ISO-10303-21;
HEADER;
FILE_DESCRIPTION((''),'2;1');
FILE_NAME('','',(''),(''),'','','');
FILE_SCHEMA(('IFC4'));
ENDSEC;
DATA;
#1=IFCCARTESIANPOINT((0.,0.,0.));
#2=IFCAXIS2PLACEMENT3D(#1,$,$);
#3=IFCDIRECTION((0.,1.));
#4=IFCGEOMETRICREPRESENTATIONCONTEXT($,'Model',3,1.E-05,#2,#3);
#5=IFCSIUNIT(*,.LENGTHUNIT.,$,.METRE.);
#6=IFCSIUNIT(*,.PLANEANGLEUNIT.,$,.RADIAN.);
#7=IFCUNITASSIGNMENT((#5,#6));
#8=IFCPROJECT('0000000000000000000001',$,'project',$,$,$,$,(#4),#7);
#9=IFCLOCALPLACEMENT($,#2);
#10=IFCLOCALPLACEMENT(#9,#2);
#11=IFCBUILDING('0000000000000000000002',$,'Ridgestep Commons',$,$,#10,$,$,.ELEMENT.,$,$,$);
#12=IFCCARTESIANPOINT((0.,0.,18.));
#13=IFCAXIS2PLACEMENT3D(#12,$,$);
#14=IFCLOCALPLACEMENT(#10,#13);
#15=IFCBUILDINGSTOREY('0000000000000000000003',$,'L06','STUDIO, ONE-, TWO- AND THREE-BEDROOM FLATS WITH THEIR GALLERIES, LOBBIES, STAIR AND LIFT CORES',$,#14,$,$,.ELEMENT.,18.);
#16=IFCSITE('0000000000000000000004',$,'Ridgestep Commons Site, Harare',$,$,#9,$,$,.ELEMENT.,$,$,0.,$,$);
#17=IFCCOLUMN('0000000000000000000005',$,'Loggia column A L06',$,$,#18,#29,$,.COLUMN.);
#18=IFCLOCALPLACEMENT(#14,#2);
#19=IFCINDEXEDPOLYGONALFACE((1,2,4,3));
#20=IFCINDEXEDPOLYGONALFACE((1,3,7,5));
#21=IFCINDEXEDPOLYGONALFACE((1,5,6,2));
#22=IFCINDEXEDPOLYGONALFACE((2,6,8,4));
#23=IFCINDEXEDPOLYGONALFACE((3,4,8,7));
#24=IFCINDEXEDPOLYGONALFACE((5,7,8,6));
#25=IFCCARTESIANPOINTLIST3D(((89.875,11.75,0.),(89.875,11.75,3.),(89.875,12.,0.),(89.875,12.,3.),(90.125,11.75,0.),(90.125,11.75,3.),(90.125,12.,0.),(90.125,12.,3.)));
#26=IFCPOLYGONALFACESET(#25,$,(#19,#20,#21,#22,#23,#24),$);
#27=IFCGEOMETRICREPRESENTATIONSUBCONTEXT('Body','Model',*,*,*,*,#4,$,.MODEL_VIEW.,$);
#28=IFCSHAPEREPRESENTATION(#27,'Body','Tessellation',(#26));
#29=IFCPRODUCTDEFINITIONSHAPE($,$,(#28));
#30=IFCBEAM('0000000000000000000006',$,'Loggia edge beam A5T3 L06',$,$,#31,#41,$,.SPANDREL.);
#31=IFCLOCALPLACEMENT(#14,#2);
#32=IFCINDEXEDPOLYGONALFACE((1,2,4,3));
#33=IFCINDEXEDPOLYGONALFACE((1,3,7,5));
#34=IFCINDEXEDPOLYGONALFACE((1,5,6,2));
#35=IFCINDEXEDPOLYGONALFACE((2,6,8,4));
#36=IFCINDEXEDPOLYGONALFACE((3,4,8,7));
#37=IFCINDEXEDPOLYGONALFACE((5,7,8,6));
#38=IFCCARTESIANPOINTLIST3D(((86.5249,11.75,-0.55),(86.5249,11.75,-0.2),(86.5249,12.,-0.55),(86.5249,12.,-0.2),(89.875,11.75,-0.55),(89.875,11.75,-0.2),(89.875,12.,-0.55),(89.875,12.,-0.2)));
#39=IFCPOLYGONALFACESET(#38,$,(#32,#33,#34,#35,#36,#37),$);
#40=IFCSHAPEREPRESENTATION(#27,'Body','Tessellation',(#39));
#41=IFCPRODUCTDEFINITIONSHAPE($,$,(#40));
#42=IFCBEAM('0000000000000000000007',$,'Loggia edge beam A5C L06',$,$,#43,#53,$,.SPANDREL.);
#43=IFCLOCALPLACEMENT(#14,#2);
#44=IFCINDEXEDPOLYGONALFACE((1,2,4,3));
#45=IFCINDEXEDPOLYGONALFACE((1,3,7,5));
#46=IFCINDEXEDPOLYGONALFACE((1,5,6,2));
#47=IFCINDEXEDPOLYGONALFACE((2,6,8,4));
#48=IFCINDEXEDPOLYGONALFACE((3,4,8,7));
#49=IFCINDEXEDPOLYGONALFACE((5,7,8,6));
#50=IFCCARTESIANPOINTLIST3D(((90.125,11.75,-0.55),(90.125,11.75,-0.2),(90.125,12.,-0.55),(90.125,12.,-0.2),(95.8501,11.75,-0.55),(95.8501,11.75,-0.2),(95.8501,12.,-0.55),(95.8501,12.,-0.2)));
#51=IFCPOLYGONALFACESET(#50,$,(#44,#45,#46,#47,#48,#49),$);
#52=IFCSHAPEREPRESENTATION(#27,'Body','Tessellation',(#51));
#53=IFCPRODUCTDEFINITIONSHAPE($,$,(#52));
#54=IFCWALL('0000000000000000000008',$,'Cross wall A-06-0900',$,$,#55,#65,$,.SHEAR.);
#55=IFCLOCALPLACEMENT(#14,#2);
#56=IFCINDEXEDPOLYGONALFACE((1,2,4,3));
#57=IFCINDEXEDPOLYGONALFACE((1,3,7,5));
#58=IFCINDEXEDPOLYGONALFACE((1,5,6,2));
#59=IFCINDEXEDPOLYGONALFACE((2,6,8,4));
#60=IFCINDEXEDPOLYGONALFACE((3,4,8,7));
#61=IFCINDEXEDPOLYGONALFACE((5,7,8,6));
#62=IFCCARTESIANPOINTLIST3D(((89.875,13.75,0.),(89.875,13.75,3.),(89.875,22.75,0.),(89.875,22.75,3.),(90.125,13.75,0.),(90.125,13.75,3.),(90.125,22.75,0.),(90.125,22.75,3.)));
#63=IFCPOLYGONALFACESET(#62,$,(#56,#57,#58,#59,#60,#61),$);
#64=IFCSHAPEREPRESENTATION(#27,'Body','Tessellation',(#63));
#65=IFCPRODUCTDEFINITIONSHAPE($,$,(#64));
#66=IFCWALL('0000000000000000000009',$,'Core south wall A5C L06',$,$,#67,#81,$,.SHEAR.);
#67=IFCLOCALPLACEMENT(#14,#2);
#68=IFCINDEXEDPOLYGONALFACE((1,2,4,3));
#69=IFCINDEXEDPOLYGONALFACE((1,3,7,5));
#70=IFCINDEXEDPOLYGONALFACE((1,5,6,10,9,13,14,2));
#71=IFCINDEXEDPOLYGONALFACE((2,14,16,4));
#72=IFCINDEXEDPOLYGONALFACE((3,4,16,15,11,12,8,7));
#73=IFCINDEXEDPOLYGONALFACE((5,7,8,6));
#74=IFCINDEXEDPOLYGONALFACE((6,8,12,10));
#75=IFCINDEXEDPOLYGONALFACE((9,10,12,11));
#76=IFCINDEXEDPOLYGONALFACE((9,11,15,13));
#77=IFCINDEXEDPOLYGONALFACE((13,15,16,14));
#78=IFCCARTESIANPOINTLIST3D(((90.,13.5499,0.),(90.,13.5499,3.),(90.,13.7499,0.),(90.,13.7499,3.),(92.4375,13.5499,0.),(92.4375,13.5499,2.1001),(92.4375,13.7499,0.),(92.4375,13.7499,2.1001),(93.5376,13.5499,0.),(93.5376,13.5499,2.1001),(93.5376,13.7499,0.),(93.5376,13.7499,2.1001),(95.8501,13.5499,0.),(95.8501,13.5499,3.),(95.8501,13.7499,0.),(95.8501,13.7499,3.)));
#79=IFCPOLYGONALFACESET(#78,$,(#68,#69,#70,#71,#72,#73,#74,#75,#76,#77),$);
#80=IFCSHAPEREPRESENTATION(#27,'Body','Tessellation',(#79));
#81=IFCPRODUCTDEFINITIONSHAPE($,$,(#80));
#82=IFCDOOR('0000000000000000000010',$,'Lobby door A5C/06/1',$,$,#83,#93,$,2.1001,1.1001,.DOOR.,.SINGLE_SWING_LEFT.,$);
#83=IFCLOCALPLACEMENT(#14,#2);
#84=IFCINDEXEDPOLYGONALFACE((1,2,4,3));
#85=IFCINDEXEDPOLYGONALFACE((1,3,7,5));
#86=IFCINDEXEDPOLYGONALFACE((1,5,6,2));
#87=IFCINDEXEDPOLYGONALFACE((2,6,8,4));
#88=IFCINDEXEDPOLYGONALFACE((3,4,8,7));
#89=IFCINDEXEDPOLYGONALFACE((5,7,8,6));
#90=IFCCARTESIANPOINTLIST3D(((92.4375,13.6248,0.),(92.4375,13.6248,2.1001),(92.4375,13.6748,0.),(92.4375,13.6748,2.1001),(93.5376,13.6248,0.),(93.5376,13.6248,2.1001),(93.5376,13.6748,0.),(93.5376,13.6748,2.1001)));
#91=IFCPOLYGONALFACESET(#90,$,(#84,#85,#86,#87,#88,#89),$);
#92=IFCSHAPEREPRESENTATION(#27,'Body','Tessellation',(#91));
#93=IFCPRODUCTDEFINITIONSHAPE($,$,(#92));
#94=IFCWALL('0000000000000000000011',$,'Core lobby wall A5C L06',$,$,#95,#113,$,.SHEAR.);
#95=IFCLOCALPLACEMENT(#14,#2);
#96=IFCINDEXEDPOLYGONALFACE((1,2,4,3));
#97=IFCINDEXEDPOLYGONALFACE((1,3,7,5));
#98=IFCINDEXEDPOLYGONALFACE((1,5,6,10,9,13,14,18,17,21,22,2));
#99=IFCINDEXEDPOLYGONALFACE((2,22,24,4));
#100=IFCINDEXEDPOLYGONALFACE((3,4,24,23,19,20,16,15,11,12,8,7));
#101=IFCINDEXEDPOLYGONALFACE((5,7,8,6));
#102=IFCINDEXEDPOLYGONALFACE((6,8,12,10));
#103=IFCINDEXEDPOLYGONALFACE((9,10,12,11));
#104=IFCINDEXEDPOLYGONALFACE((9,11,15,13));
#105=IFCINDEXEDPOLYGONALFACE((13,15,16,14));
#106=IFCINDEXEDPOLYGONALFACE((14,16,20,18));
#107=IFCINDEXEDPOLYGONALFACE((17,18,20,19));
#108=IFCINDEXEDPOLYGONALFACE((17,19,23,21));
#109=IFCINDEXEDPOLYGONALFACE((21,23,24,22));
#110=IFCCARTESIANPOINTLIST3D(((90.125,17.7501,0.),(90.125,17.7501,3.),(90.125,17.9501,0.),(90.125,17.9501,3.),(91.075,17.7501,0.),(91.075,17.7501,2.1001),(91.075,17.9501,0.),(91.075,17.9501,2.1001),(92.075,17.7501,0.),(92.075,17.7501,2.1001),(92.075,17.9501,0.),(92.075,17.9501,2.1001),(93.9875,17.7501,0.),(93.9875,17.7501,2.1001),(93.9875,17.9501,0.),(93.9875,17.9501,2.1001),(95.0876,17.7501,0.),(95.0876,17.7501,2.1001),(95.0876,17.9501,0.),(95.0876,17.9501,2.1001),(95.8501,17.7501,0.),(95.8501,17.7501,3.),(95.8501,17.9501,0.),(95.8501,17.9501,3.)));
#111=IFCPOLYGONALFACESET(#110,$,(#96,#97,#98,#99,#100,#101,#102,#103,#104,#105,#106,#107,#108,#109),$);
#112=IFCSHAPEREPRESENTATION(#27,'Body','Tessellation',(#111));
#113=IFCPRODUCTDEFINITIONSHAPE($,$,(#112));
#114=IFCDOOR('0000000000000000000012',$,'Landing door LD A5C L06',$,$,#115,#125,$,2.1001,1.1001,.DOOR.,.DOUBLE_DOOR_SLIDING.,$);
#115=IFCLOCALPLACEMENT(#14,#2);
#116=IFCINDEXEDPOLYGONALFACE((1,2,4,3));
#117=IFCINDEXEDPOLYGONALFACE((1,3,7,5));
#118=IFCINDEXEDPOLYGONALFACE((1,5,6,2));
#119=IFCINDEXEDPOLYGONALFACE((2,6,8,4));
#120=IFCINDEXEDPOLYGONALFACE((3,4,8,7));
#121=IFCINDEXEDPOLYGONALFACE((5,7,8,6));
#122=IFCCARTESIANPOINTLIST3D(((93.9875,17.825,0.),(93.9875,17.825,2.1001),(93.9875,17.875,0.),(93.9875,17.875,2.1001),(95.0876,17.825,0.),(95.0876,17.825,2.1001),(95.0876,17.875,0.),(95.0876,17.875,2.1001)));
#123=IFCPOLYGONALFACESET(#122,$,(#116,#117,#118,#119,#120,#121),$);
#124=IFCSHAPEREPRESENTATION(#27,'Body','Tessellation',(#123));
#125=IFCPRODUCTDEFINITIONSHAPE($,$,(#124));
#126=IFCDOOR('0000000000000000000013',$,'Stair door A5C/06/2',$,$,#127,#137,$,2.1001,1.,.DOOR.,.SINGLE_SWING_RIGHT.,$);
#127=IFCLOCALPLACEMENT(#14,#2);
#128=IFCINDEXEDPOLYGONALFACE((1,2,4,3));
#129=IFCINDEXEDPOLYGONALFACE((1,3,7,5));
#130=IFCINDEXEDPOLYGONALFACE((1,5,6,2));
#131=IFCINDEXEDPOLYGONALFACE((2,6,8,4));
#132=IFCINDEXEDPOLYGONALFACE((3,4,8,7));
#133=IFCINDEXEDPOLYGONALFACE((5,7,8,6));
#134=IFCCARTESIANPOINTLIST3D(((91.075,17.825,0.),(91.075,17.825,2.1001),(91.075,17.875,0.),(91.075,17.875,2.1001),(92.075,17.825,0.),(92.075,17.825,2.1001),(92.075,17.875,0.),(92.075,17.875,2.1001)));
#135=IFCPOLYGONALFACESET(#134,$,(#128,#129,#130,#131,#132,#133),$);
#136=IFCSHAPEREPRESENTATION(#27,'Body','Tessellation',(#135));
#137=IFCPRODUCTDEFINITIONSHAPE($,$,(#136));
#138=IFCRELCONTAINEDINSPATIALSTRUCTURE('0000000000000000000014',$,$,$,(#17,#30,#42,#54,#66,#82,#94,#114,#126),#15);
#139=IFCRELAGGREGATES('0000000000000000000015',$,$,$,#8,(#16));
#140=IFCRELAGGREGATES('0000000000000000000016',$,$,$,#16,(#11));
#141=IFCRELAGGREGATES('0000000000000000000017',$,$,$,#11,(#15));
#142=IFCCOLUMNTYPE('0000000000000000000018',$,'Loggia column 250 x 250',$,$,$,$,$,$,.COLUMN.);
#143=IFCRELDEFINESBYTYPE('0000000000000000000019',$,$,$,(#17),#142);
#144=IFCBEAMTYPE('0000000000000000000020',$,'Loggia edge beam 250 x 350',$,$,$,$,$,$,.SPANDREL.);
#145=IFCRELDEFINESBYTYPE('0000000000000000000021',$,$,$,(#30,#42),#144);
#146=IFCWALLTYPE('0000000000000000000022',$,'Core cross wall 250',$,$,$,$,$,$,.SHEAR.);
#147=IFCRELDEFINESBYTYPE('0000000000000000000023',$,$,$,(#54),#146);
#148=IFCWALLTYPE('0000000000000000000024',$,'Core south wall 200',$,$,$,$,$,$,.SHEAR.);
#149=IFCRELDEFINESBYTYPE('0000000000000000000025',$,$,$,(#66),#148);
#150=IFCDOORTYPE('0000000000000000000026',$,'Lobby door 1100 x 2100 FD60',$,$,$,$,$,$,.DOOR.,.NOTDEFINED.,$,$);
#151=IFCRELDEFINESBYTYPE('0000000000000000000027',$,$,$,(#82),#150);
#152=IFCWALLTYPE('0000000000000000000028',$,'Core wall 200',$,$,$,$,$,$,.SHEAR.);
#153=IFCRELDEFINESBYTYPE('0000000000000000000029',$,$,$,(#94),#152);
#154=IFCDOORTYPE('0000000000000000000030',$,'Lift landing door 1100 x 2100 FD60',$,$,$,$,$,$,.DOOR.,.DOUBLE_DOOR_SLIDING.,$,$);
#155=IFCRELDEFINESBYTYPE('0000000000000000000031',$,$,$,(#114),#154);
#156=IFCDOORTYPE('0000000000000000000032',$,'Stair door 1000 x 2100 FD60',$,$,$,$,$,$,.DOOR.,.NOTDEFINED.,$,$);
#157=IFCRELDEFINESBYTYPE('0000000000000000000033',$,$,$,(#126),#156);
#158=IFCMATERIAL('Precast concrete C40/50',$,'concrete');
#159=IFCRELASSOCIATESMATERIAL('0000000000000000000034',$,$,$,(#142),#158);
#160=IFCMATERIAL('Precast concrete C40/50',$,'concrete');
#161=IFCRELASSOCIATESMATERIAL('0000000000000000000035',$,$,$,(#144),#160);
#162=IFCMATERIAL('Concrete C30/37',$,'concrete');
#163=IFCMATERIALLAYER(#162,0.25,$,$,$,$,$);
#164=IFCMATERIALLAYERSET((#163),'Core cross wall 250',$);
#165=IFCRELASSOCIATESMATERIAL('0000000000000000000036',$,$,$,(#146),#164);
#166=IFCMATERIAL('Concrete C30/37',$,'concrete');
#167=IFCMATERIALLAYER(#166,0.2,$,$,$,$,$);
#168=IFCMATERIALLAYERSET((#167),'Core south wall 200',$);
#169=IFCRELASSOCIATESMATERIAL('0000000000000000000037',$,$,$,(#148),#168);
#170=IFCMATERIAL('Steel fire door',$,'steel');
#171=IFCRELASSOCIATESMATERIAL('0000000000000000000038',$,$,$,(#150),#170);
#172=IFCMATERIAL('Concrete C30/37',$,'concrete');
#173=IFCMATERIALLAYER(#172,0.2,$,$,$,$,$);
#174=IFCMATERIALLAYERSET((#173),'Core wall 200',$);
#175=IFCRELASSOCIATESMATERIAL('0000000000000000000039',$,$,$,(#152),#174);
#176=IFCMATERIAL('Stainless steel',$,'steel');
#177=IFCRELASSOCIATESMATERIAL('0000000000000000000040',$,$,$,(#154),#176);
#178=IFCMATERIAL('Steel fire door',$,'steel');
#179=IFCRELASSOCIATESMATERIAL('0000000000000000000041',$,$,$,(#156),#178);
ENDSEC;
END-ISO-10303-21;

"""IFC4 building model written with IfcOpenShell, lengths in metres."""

from ifc_helpers import new_model, si_unit, direction, frame, frame_2d, origin, origin_2d, place, context, subcontext, project, spatial, rectangle, extrude, material, layer, layer_set, material_profile, profile_set, type_object, element, fill, save


model = new_model("IFC4")

# Units and contexts
model_context = context("Model", 3, precision=1e-05, world=origin(), true_north=direction((0.0, 1.0)))
body_context = subcontext(model_context, "Body", "Model", "MODEL_VIEW")
ifc_project = project(units=[si_unit("LENGTHUNIT", "METRE"), si_unit("PLANEANGLEUNIT", "RADIAN")], contexts=[model_context])

# Site, building, storey
site_placement = place(None, origin())
site = spatial("IfcSite", under=ifc_project, at=site_placement, Name="Ridgestep Commons Site, Harare", CompositionType="ELEMENT", RefElevation=0.0)
building_placement = place(site_placement, origin())
building = spatial("IfcBuilding", under=site, at=building_placement, Name="Ridgestep Commons", CompositionType="ELEMENT")
storey_placement = place(building_placement, frame((0.0, 0.0, 18.0)))
storey = spatial("IfcBuildingStorey", under=building, at=storey_placement, Name="L06", Description="STUDIO, ONE-, TWO- AND THREE-BEDROOM FLATS WITH THEIR GALLERIES, LOBBIES, STAIR AND LIFT CORES", CompositionType="ELEMENT", Elevation=18.0)

# Column
ifc_material_1 = material(Name="Precast concrete C40/50", Category="concrete")
ifc_material_profile_1 = material_profile(ifc_material_1, rectangle(XDim=0.25, YDim=0.25, at=origin_2d()), Name="PC 250x250")
ifc_profile_set_1 = profile_set([ifc_material_profile_1], Name="Precast concrete C40/50")
column_type = type_object("IfcColumnType", Name="Loggia column 250 x 250", PredefinedType="COLUMN", material=ifc_profile_set_1)
column_placement = place(storey_placement, frame((90.0, 11.875, 0.0), z_axis=(0.0, 0.0, 1.0), x_axis=(1.0, 0.0, 0.0)))
element("IfcColumn", 1, at=column_placement, inside=storey, type_object=column_type, Name="Loggia column A L06", PredefinedType="COLUMN", context=body_context, shape_type="SweptSolid", body=[
    extrude(rectangle(XDim=0.25, YDim=0.25, at=origin_2d()), origin(), (0.0, 0.0, 1.0), 3.0),
])

# Beams
ifc_material_2 = material(Name="Precast concrete C40/50", Category="concrete")
ifc_material_profile_2 = material_profile(ifc_material_2, rectangle(XDim=0.25, YDim=0.3501, at=origin_2d()), Name="PC 250x350")
ifc_profile_set_2 = profile_set([ifc_material_profile_2], Name="Precast concrete C40/50")
beam_type = type_object("IfcBeamType", Name="Loggia edge beam 250 x 350", PredefinedType="SPANDREL", material=ifc_profile_set_2)
beam_1_placement = place(storey_placement, frame((86.5249, 11.875, -0.375), z_axis=(1.0, 0.0, 0.0), x_axis=(0.0, 1.0, 0.0)))
element("IfcBeam", 2, at=beam_1_placement, inside=storey, type_object=beam_type, Name="Loggia edge beam A5T3 L06", PredefinedType="SPANDREL", context=body_context, shape_type="SweptSolid", body=[
    extrude(rectangle(XDim=0.25, YDim=0.3501, at=origin_2d()), origin(), (0.0, 0.0, 1.0), 3.3501),
])
beam_2_placement = place(storey_placement, frame((90.125, 11.875, -0.375), z_axis=(1.0, 0.0, 0.0), x_axis=(0.0, 1.0, 0.0)))
element("IfcBeam", 3, at=beam_2_placement, inside=storey, type_object=beam_type, Name="Loggia edge beam A5C L06", PredefinedType="SPANDREL", context=body_context, shape_type="SweptSolid", body=[
    extrude(rectangle(XDim=0.25, YDim=0.3501, at=origin_2d()), origin(), (0.0, 0.0, 1.0), 5.7251),
])

# Wall
ifc_material_3 = material(Name="Concrete C30/37", Category="concrete")
ifc_layer_1 = layer(ifc_material_3, 0.25)
ifc_layer_set_1 = layer_set([ifc_layer_1], Name="Core cross wall 250")
wall_type_1 = type_object("IfcWallType", Name="Core cross wall 250", PredefinedType="SHEAR", material=ifc_layer_set_1)
wall_1_placement = place(storey_placement, frame((90.0, 13.75, 0.0), z_axis=(0.0, 0.0, 1.0), x_axis=(0.0, 1.0, 0.0)))
element("IfcWall", 4, at=wall_1_placement, inside=storey, type_object=wall_type_1, Name="Cross wall A-06-0900", PredefinedType="SHEAR", context=body_context, shape_type="SweptSolid", body=[
    extrude(rectangle(XDim=9.0, YDim=0.25, at=frame_2d((4.5, 0.0))), origin(), (0.0, 0.0, 1.0), 3.0),
])

# Wall, opening, door
ifc_material_4 = material(Name="Concrete C30/37", Category="concrete")
ifc_layer_2 = layer(ifc_material_4, 0.2)
ifc_layer_set_2 = layer_set([ifc_layer_2], Name="Core south wall 200")
wall_type_2 = type_object("IfcWallType", Name="Core south wall 200", PredefinedType="SHEAR", material=ifc_layer_set_2)
wall_2_placement = place(storey_placement, frame((90.0, 13.6499, 0.0), z_axis=(0.0, 0.0, 1.0), x_axis=(1.0, 0.0, 0.0)))
wall_2 = element("IfcWall", 5, at=wall_2_placement, inside=storey, type_object=wall_type_2, Name="Core south wall A5C L06", PredefinedType="SHEAR", context=body_context, shape_type="SweptSolid", body=[
    extrude(rectangle(XDim=5.8501, YDim=0.2, at=frame_2d((2.925, 0.0))), origin(), (0.0, 0.0, 1.0), 3.0),
])
opening_1_placement = place(wall_2_placement, frame((2.4375, 0.0, 0.0)))
opening_1 = element("IfcOpeningElement", 6, at=opening_1_placement, cuts=wall_2, PredefinedType="OPENING", context=body_context, shape_type="SweptSolid", body=[
    extrude(rectangle(XDim=1.1001, YDim=2.1001, at=frame_2d((0.55, 1.05))), frame((0.0, 0.1099, 0.0), z_axis=(0.0, -1.0, 0.0), x_axis=(1.0, 0.0, 0.0)), (0.0, 0.0, 1.0), 0.22),
])
ifc_material_5 = material(Name="Steel fire door", Category="steel")
door_type_1 = type_object("IfcDoorType", Name="Lobby door 1100 x 2100 FD60", OperationType="NOTDEFINED", PredefinedType="DOOR", material=ifc_material_5)
door_1_placement = place(opening_1_placement, origin())
door_1 = element("IfcDoor", 7, at=door_1_placement, inside=storey, type_object=door_type_1, Name="Lobby door A5C/06/1", OperationType="SINGLE_SWING_LEFT", OverallHeight=2.1001, OverallWidth=1.1001, PredefinedType="DOOR", context=body_context, shape_type="SweptSolid", body=[
    extrude(rectangle(XDim=1.1001, YDim=2.1001, at=frame_2d((0.55, 1.05))), frame((0.0, 0.0249, 0.0), z_axis=(0.0, -1.0, 0.0), x_axis=(1.0, 0.0, 0.0)), (0.0, 0.0, 1.0), 0.05),
])
fill(opening_1, door_1)

# Wall, openings, doors
ifc_material_6 = material(Name="Concrete C30/37", Category="concrete")
ifc_layer_3 = layer(ifc_material_6, 0.2)
ifc_layer_set_3 = layer_set([ifc_layer_3], Name="Core wall 200")
wall_type_3 = type_object("IfcWallType", Name="Core wall 200", PredefinedType="SHEAR", material=ifc_layer_set_3)
wall_3_placement = place(storey_placement, frame((90.125, 17.8501, 0.0), z_axis=(0.0, 0.0, 1.0), x_axis=(1.0, 0.0, 0.0)))
wall_3 = element("IfcWall", 8, at=wall_3_placement, inside=storey, type_object=wall_type_3, Name="Core lobby wall A5C L06", PredefinedType="SHEAR", context=body_context, shape_type="SweptSolid", body=[
    extrude(rectangle(XDim=5.7251, YDim=0.2, at=frame_2d((2.8625, 0.0))), origin(), (0.0, 0.0, 1.0), 3.0),
])
opening_2_placement = place(wall_3_placement, frame((0.95, 0.0, 0.0)))
opening_2 = element("IfcOpeningElement", 9, at=opening_2_placement, cuts=wall_3, PredefinedType="OPENING", context=body_context, shape_type="SweptSolid", body=[
    extrude(rectangle(XDim=1.0, YDim=2.1001, at=frame_2d((0.5, 1.05))), frame((0.0, 0.1099, 0.0), z_axis=(0.0, -1.0, 0.0), x_axis=(1.0, 0.0, 0.0)), (0.0, 0.0, 1.0), 0.22),
])
opening_3_placement = place(wall_3_placement, frame((3.8625, 0.0, 0.0)))
opening_3 = element("IfcOpeningElement", 10, at=opening_3_placement, cuts=wall_3, PredefinedType="OPENING", context=body_context, shape_type="SweptSolid", body=[
    extrude(rectangle(XDim=1.1001, YDim=2.1001, at=frame_2d((0.55, 1.05))), frame((0.0, 0.1099, 0.0), z_axis=(0.0, -1.0, 0.0), x_axis=(1.0, 0.0, 0.0)), (0.0, 0.0, 1.0), 0.22),
])
ifc_material_7 = material(Name="Stainless steel", Category="steel")
door_type_2 = type_object("IfcDoorType", Name="Lift landing door 1100 x 2100 FD60", OperationType="DOUBLE_DOOR_SLIDING", PredefinedType="DOOR", material=ifc_material_7)
door_2_placement = place(opening_3_placement, origin())
door_2 = element("IfcDoor", 11, at=door_2_placement, inside=storey, type_object=door_type_2, Name="Landing door LD A5C L06", OperationType="DOUBLE_DOOR_SLIDING", OverallHeight=2.1001, OverallWidth=1.1001, PredefinedType="DOOR", context=body_context, shape_type="SweptSolid", body=[
    extrude(rectangle(XDim=1.1001, YDim=2.1001, at=frame_2d((0.55, 1.05))), frame((0.0, 0.0249, 0.0), z_axis=(0.0, -1.0, 0.0), x_axis=(1.0, 0.0, 0.0)), (0.0, 0.0, 1.0), 0.05),
])
fill(opening_3, door_2)
ifc_material_8 = material(Name="Steel fire door", Category="steel")
door_type_3 = type_object("IfcDoorType", Name="Stair door 1000 x 2100 FD60", OperationType="NOTDEFINED", PredefinedType="DOOR", material=ifc_material_8)
door_3_placement = place(opening_2_placement, origin())
door_3 = element("IfcDoor", 12, at=door_3_placement, inside=storey, type_object=door_type_3, Name="Stair door A5C/06/2", OperationType="SINGLE_SWING_RIGHT", OverallHeight=2.1001, OverallWidth=1.0, PredefinedType="DOOR", context=body_context, shape_type="SweptSolid", body=[
    extrude(rectangle(XDim=1.0, YDim=2.1001, at=frame_2d((0.5, 1.05))), frame((0.0, 0.0249, 0.0), z_axis=(0.0, -1.0, 0.0), x_axis=(1.0, 0.0, 0.0)), (0.0, 0.0, 1.0), 0.05),
])
fill(opening_2, door_3)

save(model, "model.ifc")
